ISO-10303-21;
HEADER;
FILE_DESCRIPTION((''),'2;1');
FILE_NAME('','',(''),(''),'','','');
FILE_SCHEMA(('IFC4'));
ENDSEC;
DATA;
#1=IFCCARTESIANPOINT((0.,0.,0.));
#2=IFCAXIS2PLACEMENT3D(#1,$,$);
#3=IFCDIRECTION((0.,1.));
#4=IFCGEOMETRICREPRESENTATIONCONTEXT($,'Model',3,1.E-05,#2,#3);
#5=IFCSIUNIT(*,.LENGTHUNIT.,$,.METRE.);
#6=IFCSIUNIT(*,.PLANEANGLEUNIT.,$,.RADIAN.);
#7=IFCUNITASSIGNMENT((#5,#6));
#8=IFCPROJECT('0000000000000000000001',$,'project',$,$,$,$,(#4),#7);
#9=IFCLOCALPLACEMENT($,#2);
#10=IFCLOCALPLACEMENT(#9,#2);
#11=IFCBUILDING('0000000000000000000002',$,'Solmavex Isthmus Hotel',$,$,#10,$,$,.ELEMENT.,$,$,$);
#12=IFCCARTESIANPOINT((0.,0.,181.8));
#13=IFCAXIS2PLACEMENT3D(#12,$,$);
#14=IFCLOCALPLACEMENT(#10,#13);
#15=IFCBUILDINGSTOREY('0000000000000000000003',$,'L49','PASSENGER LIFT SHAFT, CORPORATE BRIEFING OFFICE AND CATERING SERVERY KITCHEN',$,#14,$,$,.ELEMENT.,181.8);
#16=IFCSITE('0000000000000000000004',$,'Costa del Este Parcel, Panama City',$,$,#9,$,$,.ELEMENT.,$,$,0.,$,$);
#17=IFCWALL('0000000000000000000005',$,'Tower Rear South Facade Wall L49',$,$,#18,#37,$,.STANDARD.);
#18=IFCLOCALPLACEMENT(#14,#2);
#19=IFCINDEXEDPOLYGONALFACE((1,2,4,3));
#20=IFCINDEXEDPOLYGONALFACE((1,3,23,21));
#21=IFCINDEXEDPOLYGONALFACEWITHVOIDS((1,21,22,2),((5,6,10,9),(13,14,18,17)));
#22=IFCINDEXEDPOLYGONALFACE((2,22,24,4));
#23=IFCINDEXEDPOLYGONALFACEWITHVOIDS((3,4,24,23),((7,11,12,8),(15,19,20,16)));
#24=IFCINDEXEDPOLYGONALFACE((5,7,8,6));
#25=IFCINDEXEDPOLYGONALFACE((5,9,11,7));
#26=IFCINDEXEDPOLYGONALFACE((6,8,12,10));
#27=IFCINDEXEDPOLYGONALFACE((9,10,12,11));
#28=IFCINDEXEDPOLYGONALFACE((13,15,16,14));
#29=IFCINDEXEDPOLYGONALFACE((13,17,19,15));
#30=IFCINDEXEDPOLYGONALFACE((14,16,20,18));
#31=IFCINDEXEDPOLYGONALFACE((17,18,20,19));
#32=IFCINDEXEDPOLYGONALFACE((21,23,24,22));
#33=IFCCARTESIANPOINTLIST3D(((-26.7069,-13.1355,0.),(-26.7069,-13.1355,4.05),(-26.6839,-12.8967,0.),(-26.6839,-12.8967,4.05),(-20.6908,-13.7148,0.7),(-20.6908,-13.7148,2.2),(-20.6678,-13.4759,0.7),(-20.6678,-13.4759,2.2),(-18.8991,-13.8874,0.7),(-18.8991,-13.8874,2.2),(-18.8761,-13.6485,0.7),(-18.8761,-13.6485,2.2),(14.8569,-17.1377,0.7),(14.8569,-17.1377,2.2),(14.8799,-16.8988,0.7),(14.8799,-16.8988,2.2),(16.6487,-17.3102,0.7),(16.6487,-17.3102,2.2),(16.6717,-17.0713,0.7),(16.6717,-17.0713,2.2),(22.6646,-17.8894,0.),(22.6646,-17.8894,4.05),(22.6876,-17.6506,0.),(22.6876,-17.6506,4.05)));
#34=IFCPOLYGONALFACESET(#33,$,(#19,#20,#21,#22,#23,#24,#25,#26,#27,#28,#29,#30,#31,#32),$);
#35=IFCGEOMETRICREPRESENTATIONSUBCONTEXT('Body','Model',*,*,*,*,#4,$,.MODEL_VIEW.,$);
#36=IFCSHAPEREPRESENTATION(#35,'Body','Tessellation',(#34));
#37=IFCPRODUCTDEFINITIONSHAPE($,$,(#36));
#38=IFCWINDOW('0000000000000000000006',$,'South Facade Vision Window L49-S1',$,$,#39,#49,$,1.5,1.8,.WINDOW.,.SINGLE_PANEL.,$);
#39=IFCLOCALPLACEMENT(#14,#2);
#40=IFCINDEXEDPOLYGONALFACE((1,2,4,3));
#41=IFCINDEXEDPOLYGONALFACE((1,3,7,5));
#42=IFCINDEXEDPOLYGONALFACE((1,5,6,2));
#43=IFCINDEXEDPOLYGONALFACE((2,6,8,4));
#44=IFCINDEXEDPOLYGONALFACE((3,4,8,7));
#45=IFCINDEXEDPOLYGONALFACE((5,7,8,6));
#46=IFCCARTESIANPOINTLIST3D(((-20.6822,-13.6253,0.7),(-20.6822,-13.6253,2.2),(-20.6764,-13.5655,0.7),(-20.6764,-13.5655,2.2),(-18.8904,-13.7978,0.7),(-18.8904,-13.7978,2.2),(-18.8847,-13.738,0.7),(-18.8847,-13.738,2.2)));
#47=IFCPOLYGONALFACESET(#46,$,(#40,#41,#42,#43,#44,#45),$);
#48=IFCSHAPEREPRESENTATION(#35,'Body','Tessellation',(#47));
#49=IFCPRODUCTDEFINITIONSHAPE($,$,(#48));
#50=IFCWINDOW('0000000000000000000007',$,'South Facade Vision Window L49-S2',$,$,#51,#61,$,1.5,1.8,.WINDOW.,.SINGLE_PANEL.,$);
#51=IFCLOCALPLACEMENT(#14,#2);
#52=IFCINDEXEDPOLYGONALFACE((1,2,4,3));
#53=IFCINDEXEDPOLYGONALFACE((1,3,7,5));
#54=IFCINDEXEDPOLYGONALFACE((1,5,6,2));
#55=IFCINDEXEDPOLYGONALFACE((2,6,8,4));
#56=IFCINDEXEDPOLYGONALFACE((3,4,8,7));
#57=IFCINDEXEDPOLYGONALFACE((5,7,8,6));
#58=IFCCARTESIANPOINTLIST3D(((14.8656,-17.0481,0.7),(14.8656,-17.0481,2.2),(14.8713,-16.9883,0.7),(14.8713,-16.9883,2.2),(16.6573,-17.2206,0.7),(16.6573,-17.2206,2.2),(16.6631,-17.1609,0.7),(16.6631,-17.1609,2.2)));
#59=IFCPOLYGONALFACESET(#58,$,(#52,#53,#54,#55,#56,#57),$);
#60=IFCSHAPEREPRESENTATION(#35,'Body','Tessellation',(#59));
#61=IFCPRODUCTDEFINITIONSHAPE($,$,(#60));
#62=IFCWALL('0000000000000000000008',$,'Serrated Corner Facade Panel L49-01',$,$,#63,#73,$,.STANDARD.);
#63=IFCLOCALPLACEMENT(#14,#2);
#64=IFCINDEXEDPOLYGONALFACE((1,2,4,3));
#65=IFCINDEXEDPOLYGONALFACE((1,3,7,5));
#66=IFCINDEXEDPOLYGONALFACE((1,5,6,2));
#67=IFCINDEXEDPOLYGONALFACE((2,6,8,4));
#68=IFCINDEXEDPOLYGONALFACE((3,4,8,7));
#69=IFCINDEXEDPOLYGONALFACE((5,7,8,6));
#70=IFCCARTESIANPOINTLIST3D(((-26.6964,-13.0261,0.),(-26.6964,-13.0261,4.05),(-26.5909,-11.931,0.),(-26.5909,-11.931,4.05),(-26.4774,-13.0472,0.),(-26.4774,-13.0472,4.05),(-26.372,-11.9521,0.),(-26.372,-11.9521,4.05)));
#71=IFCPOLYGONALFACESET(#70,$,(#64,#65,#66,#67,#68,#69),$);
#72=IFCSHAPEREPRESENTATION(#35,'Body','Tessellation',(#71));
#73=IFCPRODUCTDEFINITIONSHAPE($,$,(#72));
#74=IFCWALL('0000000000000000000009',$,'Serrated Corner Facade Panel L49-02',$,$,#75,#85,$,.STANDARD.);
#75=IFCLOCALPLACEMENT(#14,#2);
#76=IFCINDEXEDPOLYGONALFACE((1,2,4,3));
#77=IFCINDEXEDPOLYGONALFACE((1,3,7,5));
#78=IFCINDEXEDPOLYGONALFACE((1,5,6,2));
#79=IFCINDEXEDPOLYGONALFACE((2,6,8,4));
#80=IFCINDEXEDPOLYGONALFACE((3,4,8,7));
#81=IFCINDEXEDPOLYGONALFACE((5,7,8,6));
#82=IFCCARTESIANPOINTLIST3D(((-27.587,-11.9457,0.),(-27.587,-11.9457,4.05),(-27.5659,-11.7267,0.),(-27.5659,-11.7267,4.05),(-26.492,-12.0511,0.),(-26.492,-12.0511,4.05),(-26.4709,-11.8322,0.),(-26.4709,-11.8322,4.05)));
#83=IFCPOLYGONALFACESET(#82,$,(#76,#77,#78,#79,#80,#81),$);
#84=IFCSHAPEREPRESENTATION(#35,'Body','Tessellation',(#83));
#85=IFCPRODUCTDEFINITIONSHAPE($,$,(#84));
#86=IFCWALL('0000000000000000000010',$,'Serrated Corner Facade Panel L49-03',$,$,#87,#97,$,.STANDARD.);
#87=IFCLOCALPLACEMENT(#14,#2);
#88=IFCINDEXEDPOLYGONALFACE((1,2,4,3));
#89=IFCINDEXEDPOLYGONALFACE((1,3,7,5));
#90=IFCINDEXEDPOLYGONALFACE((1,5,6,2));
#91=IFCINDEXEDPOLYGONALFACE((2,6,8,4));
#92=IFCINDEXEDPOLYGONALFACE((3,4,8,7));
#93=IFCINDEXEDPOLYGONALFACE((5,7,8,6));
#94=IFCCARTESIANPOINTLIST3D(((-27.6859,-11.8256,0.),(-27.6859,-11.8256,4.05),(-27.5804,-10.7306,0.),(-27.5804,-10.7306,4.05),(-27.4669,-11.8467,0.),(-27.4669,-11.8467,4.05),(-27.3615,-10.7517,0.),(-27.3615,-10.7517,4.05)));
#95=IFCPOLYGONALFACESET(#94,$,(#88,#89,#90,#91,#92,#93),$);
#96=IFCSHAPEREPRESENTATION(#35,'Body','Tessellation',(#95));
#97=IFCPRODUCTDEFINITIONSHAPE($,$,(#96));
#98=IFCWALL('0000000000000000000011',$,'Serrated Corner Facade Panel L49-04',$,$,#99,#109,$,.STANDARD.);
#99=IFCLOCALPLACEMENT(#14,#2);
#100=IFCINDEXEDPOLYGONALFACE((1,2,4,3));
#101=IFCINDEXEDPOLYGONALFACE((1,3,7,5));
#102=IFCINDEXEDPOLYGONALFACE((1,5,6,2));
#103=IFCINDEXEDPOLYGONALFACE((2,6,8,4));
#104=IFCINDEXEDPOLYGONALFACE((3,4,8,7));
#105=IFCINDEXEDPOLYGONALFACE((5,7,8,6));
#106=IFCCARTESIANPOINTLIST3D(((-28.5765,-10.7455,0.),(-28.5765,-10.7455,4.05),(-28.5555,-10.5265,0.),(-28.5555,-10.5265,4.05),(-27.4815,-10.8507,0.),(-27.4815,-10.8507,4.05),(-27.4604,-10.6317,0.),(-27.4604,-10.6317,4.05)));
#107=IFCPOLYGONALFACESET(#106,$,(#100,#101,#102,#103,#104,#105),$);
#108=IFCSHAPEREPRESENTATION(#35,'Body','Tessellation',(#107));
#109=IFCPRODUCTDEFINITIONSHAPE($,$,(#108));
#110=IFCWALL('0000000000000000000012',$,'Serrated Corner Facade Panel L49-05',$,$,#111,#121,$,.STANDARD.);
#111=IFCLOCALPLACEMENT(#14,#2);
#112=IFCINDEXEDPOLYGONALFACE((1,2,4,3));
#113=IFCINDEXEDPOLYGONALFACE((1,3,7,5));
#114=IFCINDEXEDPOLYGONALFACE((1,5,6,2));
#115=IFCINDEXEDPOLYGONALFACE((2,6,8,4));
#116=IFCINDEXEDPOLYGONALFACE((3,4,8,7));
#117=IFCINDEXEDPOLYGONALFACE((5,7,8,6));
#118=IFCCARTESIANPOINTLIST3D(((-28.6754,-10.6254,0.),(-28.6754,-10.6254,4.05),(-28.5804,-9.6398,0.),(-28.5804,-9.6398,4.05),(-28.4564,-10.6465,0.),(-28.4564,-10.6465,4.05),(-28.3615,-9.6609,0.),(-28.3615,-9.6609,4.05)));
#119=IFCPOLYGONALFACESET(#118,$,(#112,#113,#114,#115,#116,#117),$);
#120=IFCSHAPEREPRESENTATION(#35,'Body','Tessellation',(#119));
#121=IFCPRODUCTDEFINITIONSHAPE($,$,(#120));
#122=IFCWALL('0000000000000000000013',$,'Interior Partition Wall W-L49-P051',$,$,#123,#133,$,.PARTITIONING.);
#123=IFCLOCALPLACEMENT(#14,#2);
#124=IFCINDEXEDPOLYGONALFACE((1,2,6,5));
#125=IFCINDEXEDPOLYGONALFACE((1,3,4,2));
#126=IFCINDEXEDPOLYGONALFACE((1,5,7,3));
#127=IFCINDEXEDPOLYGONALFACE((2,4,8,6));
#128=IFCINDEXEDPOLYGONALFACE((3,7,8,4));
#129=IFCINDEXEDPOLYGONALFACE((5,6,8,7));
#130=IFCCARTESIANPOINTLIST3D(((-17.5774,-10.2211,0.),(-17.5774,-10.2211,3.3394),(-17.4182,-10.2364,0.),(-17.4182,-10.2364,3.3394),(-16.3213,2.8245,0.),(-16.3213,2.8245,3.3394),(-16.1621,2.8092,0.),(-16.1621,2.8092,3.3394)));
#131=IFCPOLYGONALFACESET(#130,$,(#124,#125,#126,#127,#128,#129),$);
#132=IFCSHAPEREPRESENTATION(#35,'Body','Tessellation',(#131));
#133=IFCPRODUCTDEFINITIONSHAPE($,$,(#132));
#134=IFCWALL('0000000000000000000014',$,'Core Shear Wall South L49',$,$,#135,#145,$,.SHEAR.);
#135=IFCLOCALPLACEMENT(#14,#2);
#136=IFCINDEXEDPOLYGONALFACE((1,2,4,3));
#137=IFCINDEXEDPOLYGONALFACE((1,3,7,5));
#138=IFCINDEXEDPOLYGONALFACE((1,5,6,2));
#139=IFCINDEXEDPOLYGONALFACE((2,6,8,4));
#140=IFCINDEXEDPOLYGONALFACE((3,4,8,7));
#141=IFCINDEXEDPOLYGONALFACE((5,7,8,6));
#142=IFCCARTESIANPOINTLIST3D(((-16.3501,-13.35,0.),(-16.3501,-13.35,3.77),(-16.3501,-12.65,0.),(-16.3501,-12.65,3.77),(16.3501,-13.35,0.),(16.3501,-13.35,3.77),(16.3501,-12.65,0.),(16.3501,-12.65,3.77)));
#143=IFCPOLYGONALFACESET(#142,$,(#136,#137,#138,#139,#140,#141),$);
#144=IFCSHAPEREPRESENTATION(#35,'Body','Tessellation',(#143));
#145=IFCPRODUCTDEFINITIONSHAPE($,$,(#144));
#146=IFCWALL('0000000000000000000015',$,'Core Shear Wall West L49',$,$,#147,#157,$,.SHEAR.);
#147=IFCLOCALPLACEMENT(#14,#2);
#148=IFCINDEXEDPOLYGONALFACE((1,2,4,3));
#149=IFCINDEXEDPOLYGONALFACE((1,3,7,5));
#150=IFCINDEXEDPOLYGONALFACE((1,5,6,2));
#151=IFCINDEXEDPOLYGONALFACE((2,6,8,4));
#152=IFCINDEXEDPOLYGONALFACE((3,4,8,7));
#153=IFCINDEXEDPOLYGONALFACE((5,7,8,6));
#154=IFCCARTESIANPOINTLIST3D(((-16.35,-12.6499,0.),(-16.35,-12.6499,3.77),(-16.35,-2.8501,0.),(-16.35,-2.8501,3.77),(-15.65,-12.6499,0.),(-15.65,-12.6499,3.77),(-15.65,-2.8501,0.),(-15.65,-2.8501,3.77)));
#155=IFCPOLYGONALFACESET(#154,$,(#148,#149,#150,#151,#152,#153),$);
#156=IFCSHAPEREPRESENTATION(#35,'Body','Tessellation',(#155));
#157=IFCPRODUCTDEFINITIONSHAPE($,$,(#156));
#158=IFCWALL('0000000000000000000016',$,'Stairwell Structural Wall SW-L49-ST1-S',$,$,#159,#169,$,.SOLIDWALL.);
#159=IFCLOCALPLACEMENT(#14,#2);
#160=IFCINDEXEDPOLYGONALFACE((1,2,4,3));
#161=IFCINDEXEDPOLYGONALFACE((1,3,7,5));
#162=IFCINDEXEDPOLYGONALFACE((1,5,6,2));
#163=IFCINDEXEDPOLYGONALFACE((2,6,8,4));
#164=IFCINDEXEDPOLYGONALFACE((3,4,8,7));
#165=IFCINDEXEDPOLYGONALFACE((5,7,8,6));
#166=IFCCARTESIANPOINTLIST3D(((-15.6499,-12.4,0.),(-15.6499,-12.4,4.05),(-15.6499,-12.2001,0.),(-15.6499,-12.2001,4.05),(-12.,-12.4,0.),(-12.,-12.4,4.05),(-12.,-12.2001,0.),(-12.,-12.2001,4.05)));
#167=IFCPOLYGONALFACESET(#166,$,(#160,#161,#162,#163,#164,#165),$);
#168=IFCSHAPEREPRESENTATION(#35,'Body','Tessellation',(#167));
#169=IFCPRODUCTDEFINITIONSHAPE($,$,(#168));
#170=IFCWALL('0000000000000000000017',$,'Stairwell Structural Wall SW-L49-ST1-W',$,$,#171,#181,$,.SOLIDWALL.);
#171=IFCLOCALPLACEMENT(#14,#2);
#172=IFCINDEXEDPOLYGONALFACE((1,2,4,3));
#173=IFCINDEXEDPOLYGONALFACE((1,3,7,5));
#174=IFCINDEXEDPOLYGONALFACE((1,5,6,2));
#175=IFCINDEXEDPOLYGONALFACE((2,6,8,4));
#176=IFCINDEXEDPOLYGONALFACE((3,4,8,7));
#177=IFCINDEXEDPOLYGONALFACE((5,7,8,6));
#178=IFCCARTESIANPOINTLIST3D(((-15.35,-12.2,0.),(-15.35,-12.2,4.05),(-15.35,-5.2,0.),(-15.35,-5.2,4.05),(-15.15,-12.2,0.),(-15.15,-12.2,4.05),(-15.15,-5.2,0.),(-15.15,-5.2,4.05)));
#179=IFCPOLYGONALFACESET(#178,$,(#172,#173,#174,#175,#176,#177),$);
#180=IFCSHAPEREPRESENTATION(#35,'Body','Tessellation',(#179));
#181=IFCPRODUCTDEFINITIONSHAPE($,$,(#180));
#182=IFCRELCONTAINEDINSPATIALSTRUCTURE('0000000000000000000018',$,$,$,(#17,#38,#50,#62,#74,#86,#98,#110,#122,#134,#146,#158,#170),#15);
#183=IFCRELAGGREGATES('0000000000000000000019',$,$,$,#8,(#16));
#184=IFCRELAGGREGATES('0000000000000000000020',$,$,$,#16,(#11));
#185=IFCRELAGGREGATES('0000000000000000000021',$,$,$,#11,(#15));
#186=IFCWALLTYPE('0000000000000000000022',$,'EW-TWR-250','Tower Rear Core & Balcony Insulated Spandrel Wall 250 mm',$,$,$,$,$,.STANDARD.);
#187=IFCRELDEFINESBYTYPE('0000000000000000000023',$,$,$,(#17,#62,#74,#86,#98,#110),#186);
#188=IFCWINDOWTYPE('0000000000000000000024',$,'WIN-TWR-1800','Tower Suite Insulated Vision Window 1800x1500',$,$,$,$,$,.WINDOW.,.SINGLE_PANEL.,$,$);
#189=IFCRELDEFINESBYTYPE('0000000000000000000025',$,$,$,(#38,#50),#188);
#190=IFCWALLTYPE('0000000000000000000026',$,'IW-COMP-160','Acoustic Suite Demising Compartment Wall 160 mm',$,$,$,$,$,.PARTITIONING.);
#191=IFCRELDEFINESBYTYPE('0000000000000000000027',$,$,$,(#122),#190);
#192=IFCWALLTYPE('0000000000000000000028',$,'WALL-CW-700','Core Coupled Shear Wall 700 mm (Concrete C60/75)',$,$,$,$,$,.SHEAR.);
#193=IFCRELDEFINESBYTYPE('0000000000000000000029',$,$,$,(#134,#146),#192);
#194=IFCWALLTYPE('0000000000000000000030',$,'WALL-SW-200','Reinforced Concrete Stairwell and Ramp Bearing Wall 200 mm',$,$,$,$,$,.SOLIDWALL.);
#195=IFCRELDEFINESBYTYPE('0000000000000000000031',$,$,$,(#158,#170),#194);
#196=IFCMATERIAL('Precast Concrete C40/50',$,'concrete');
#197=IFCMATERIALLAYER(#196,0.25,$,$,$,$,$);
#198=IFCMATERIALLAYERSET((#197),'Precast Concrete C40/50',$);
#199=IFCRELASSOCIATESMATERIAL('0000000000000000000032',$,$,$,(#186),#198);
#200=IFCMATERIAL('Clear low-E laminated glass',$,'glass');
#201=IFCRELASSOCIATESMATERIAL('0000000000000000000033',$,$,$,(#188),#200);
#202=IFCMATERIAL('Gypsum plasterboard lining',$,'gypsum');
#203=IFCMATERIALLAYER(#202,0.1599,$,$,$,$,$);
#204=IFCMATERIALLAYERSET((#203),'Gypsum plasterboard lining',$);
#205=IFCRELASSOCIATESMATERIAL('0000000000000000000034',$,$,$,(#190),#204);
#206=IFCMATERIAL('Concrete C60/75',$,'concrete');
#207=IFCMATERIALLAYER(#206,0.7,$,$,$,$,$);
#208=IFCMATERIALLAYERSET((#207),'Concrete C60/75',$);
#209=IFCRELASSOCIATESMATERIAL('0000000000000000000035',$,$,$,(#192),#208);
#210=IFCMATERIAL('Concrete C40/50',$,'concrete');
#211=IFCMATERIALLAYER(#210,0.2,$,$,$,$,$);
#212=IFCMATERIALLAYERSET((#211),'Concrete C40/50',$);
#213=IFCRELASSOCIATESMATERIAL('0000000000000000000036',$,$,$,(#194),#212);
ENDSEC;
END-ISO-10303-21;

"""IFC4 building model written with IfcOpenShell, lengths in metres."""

from ifc_helpers import new_model, si_unit, direction, frame, frame_2d, origin, place, context, subcontext, project, spatial, rectangle, extrude, material, layer, layer_set, type_object, element, fill, save


model = new_model("IFC4")

# Units and contexts
model_context = context("Model", 3, precision=1e-05, world=origin(), true_north=direction((0.0, 1.0)))
body_context = subcontext(model_context, "Body", "Model", "MODEL_VIEW")
ifc_project = project(units=[si_unit("LENGTHUNIT", "METRE"), si_unit("PLANEANGLEUNIT", "RADIAN")], contexts=[model_context])

# Site, building, storey
site_placement = place(None, origin())
site = spatial("IfcSite", under=ifc_project, at=site_placement, Name="Costa del Este Parcel, Panama City", CompositionType="ELEMENT", RefElevation=0.0)
building_placement = place(site_placement, origin())
building = spatial("IfcBuilding", under=site, at=building_placement, Name="Solmavex Isthmus Hotel", CompositionType="ELEMENT")
storey_placement = place(building_placement, frame((0.0, 0.0, 181.8)))
storey = spatial("IfcBuildingStorey", under=building, at=storey_placement, Name="L49", Description="PASSENGER LIFT SHAFT, CORPORATE BRIEFING OFFICE AND CATERING SERVERY KITCHEN", CompositionType="ELEMENT", Elevation=181.8)

# Shared definitions
ifc_material_1 = material(Name="Concrete C60/75", Category="concrete")

# Wall, openings, windows
ifc_material_2 = material(Name="Precast Concrete C40/50", Category="concrete")
ifc_layer_1 = layer(ifc_material_2, 0.25)
ifc_layer_set_1 = layer_set([ifc_layer_1], Name="Precast Concrete C40/50")
wall_type_1 = type_object("IfcWallType", Name="EW-TWR-250", Description="Tower Rear Core & Balcony Insulated Spandrel Wall 250 mm", PredefinedType="STANDARD", material=ifc_layer_set_1)
wall_1_placement = place(storey_placement, frame((-26.6953, -13.0161, 0.0), z_axis=(0.0, 0.0, 1.0), x_axis=(0.995396, -0.095845, 0.0)))
wall_1 = element("IfcWall", 1, at=wall_1_placement, inside=storey, type_object=wall_type_1, Name="Tower Rear South Facade Wall L49", PredefinedType="STANDARD", context=body_context, shape_type="SweptSolid", body=[
    extrude(rectangle(XDim=49.5999, YDim=0.24, at=frame_2d((24.7998, 0.0))), origin(), (0.0, 0.0, 1.0), 4.05),
])
opening_1_placement = place(wall_1_placement, frame((6.0439, 0.0, 0.7)))
opening_1 = element("IfcOpeningElement", 2, at=opening_1_placement, cuts=wall_1, PredefinedType="OPENING", context=body_context, shape_type="SweptSolid", body=[
    extrude(rectangle(XDim=1.8, YDim=1.5, at=frame_2d((0.8999, 0.75))), frame((0.0, 0.1299, 0.0), z_axis=(0.0, -1.0, 0.0), x_axis=(1.0, 0.0, 0.0)), (0.0, 0.0, 1.0), 0.26),
])
opening_2_placement = place(wall_1_placement, frame((41.7561, 0.0, 0.7)))
opening_2 = element("IfcOpeningElement", 3, at=opening_2_placement, cuts=wall_1, PredefinedType="OPENING", context=body_context, shape_type="SweptSolid", body=[
    extrude(rectangle(XDim=1.8, YDim=1.5, at=frame_2d((0.8999, 0.75))), frame((0.0, 0.1299, 0.0), z_axis=(0.0, -1.0, 0.0), x_axis=(1.0, 0.0, 0.0)), (0.0, 0.0, 1.0), 0.26),
])
ifc_material_3 = material(Name="Clear low-E laminated glass", Category="glass")
window_type = type_object("IfcWindowType", Name="WIN-TWR-1800", Description="Tower Suite Insulated Vision Window 1800x1500", PartitioningType="SINGLE_PANEL", PredefinedType="WINDOW", material=ifc_material_3)
window_1_placement = place(opening_1_placement, origin())
window_1 = element("IfcWindow", 4, at=window_1_placement, inside=storey, type_object=window_type, Name="South Facade Vision Window L49-S1", OverallHeight=1.5, OverallWidth=1.8, PartitioningType="SINGLE_PANEL", PredefinedType="WINDOW", context=body_context, shape_type="SweptSolid", body=[
    extrude(rectangle(XDim=1.8, YDim=1.5, at=frame_2d((0.8999, 0.75))), frame((0.0, 0.03, 0.0), z_axis=(0.0, -1.0, 0.0), x_axis=(1.0, 0.0, 0.0)), (0.0, 0.0, 1.0), 0.0601),
])
fill(opening_1, window_1)
window_2_placement = place(opening_2_placement, origin())
window_2 = element("IfcWindow", 5, at=window_2_placement, inside=storey, type_object=window_type, Name="South Facade Vision Window L49-S2", OverallHeight=1.5, OverallWidth=1.8, PartitioningType="SINGLE_PANEL", PredefinedType="WINDOW", context=body_context, shape_type="SweptSolid", body=[
    extrude(rectangle(XDim=1.8, YDim=1.5, at=frame_2d((0.8999, 0.75))), frame((0.0, 0.03, 0.0), z_axis=(0.0, -1.0, 0.0), x_axis=(1.0, 0.0, 0.0)), (0.0, 0.0, 1.0), 0.0601),
])
fill(opening_2, window_2)

# Walls
for number, where, z_axis, x_axis, name in (
    (6, (-26.5869, -13.0366, 0.0), (0.0, 0.0, 1.0), (0.095877, 0.995393, 0.0), "Serrated Corner Facade Panel L49-01"),
    (7, (-26.4814, -11.9417, 0.0), (0.0, 0.0, 1.0), (-0.995393, 0.095877, 0.0), "Serrated Corner Facade Panel L49-02"),
    (8, (-27.5764, -11.8362, 0.0), (0.0, 0.0, 1.0), (0.095877, 0.995393, 0.0), "Serrated Corner Facade Panel L49-03"),
    (9, (-27.4709, -10.7412, 0.0), (0.0, 0.0, 1.0), (-0.995414, 0.095657, 0.0), "Serrated Corner Facade Panel L49-04"),
):
    element("IfcWall", number, at=place(storey_placement, frame(where, z_axis=z_axis, x_axis=x_axis)), inside=storey, type_object=wall_type_1, Name=name, PredefinedType="STANDARD", context=body_context, shape_type="SweptSolid", body=[
        extrude(rectangle(XDim=1.1001, YDim=0.22, at=frame_2d((0.55, 0.0))), origin(), (0.0, 0.0, 1.0), 4.05),
    ])
wall_2_placement = place(storey_placement, frame((-28.5659, -10.636, 0.0), z_axis=(0.0, 0.0, 1.0), x_axis=(0.095914, 0.99539, 0.0)))
element("IfcWall", 10, at=wall_2_placement, inside=storey, type_object=wall_type_1, Name="Serrated Corner Facade Panel L49-05", PredefinedType="STANDARD", context=body_context, shape_type="SweptSolid", body=[
    extrude(rectangle(XDim=0.9902, YDim=0.22, at=frame_2d((0.4951, 0.0))), origin(), (0.0, 0.0, 1.0), 4.05),
])
ifc_material_4 = material(Name="Gypsum plasterboard lining", Category="gypsum")
ifc_layer_2 = layer(ifc_material_4, 0.1599)
ifc_layer_set_2 = layer_set([ifc_layer_2], Name="Gypsum plasterboard lining")
wall_type_2 = type_object("IfcWallType", Name="IW-COMP-160", Description="Acoustic Suite Demising Compartment Wall 160 mm", PredefinedType="PARTITIONING", material=ifc_layer_set_2)
wall_3_placement = place(storey_placement, frame((-17.4978, -10.2288, 0.0), z_axis=(0.0, 0.0, 1.0), x_axis=(0.095842, 0.995397, 0.0)))
element("IfcWall", 11, at=wall_3_placement, inside=storey, type_object=wall_type_2, Name="Interior Partition Wall W-L49-P051", PredefinedType="PARTITIONING", context=body_context, shape_type="SweptSolid", body=[
    extrude(rectangle(XDim=13.106, YDim=0.1599, at=frame_2d((6.553, 0.0))), origin(), (0.0, 0.0, 1.0), 3.3394),
])
ifc_layer_3 = layer(ifc_material_1, 0.7)
ifc_layer_set_3 = layer_set([ifc_layer_3], Name="Concrete C60/75")
wall_type_3 = type_object("IfcWallType", Name="WALL-CW-700", Description="Core Coupled Shear Wall 700 mm (Concrete C60/75)", PredefinedType="SHEAR", material=ifc_layer_set_3)
wall_4_placement = place(storey_placement, frame((-16.3501, -13.0, 0.0), z_axis=(0.0, 0.0, 1.0), x_axis=(1.0, 0.0, 0.0)))
element("IfcWall", 12, at=wall_4_placement, inside=storey, type_object=wall_type_3, Name="Core Shear Wall South L49", PredefinedType="SHEAR", context=body_context, shape_type="SweptSolid", body=[
    extrude(rectangle(XDim=32.7002, YDim=0.7, at=frame_2d((16.3501, 0.0))), origin(), (0.0, 0.0, 1.0), 3.77),
])
wall_5_placement = place(storey_placement, frame((-16.0, -12.6499, 0.0), z_axis=(0.0, 0.0, 1.0), x_axis=(0.0, 1.0, 0.0)))
element("IfcWall", 13, at=wall_5_placement, inside=storey, type_object=wall_type_3, Name="Core Shear Wall West L49", PredefinedType="SHEAR", context=body_context, shape_type="SweptSolid", body=[
    extrude(rectangle(XDim=9.7998, YDim=0.7, at=frame_2d((4.8999, 0.0))), origin(), (0.0, 0.0, 1.0), 3.77),
])
ifc_material_5 = material(Name="Concrete C40/50", Category="concrete")
ifc_layer_4 = layer(ifc_material_5, 0.2)
ifc_layer_set_4 = layer_set([ifc_layer_4], Name="Concrete C40/50")
wall_type_4 = type_object("IfcWallType", Name="WALL-SW-200", Description="Reinforced Concrete Stairwell and Ramp Bearing Wall 200 mm", PredefinedType="SOLIDWALL", material=ifc_layer_set_4)
wall_6_placement = place(storey_placement, frame((-15.6499, -12.3, 0.0), z_axis=(0.0, 0.0, 1.0), x_axis=(1.0, 0.0, 0.0)))
element("IfcWall", 14, at=wall_6_placement, inside=storey, type_object=wall_type_4, Name="Stairwell Structural Wall SW-L49-ST1-S", PredefinedType="SOLIDWALL", context=body_context, shape_type="SweptSolid", body=[
    extrude(rectangle(XDim=3.6499, YDim=0.2, at=frame_2d((1.825, 0.0))), origin(), (0.0, 0.0, 1.0), 4.05),
])
wall_7_placement = place(storey_placement, frame((-15.25, -12.2, 0.0), z_axis=(0.0, 0.0, 1.0), x_axis=(0.0, 1.0, 0.0)))
element("IfcWall", 15, at=wall_7_placement, inside=storey, type_object=wall_type_4, Name="Stairwell Structural Wall SW-L49-ST1-W", PredefinedType="SOLIDWALL", context=body_context, shape_type="SweptSolid", body=[
    extrude(rectangle(XDim=7.0, YDim=0.2, at=frame_2d((3.5, 0.0))), origin(), (0.0, 0.0, 1.0), 4.05),
])

save(model, "model.ifc")
